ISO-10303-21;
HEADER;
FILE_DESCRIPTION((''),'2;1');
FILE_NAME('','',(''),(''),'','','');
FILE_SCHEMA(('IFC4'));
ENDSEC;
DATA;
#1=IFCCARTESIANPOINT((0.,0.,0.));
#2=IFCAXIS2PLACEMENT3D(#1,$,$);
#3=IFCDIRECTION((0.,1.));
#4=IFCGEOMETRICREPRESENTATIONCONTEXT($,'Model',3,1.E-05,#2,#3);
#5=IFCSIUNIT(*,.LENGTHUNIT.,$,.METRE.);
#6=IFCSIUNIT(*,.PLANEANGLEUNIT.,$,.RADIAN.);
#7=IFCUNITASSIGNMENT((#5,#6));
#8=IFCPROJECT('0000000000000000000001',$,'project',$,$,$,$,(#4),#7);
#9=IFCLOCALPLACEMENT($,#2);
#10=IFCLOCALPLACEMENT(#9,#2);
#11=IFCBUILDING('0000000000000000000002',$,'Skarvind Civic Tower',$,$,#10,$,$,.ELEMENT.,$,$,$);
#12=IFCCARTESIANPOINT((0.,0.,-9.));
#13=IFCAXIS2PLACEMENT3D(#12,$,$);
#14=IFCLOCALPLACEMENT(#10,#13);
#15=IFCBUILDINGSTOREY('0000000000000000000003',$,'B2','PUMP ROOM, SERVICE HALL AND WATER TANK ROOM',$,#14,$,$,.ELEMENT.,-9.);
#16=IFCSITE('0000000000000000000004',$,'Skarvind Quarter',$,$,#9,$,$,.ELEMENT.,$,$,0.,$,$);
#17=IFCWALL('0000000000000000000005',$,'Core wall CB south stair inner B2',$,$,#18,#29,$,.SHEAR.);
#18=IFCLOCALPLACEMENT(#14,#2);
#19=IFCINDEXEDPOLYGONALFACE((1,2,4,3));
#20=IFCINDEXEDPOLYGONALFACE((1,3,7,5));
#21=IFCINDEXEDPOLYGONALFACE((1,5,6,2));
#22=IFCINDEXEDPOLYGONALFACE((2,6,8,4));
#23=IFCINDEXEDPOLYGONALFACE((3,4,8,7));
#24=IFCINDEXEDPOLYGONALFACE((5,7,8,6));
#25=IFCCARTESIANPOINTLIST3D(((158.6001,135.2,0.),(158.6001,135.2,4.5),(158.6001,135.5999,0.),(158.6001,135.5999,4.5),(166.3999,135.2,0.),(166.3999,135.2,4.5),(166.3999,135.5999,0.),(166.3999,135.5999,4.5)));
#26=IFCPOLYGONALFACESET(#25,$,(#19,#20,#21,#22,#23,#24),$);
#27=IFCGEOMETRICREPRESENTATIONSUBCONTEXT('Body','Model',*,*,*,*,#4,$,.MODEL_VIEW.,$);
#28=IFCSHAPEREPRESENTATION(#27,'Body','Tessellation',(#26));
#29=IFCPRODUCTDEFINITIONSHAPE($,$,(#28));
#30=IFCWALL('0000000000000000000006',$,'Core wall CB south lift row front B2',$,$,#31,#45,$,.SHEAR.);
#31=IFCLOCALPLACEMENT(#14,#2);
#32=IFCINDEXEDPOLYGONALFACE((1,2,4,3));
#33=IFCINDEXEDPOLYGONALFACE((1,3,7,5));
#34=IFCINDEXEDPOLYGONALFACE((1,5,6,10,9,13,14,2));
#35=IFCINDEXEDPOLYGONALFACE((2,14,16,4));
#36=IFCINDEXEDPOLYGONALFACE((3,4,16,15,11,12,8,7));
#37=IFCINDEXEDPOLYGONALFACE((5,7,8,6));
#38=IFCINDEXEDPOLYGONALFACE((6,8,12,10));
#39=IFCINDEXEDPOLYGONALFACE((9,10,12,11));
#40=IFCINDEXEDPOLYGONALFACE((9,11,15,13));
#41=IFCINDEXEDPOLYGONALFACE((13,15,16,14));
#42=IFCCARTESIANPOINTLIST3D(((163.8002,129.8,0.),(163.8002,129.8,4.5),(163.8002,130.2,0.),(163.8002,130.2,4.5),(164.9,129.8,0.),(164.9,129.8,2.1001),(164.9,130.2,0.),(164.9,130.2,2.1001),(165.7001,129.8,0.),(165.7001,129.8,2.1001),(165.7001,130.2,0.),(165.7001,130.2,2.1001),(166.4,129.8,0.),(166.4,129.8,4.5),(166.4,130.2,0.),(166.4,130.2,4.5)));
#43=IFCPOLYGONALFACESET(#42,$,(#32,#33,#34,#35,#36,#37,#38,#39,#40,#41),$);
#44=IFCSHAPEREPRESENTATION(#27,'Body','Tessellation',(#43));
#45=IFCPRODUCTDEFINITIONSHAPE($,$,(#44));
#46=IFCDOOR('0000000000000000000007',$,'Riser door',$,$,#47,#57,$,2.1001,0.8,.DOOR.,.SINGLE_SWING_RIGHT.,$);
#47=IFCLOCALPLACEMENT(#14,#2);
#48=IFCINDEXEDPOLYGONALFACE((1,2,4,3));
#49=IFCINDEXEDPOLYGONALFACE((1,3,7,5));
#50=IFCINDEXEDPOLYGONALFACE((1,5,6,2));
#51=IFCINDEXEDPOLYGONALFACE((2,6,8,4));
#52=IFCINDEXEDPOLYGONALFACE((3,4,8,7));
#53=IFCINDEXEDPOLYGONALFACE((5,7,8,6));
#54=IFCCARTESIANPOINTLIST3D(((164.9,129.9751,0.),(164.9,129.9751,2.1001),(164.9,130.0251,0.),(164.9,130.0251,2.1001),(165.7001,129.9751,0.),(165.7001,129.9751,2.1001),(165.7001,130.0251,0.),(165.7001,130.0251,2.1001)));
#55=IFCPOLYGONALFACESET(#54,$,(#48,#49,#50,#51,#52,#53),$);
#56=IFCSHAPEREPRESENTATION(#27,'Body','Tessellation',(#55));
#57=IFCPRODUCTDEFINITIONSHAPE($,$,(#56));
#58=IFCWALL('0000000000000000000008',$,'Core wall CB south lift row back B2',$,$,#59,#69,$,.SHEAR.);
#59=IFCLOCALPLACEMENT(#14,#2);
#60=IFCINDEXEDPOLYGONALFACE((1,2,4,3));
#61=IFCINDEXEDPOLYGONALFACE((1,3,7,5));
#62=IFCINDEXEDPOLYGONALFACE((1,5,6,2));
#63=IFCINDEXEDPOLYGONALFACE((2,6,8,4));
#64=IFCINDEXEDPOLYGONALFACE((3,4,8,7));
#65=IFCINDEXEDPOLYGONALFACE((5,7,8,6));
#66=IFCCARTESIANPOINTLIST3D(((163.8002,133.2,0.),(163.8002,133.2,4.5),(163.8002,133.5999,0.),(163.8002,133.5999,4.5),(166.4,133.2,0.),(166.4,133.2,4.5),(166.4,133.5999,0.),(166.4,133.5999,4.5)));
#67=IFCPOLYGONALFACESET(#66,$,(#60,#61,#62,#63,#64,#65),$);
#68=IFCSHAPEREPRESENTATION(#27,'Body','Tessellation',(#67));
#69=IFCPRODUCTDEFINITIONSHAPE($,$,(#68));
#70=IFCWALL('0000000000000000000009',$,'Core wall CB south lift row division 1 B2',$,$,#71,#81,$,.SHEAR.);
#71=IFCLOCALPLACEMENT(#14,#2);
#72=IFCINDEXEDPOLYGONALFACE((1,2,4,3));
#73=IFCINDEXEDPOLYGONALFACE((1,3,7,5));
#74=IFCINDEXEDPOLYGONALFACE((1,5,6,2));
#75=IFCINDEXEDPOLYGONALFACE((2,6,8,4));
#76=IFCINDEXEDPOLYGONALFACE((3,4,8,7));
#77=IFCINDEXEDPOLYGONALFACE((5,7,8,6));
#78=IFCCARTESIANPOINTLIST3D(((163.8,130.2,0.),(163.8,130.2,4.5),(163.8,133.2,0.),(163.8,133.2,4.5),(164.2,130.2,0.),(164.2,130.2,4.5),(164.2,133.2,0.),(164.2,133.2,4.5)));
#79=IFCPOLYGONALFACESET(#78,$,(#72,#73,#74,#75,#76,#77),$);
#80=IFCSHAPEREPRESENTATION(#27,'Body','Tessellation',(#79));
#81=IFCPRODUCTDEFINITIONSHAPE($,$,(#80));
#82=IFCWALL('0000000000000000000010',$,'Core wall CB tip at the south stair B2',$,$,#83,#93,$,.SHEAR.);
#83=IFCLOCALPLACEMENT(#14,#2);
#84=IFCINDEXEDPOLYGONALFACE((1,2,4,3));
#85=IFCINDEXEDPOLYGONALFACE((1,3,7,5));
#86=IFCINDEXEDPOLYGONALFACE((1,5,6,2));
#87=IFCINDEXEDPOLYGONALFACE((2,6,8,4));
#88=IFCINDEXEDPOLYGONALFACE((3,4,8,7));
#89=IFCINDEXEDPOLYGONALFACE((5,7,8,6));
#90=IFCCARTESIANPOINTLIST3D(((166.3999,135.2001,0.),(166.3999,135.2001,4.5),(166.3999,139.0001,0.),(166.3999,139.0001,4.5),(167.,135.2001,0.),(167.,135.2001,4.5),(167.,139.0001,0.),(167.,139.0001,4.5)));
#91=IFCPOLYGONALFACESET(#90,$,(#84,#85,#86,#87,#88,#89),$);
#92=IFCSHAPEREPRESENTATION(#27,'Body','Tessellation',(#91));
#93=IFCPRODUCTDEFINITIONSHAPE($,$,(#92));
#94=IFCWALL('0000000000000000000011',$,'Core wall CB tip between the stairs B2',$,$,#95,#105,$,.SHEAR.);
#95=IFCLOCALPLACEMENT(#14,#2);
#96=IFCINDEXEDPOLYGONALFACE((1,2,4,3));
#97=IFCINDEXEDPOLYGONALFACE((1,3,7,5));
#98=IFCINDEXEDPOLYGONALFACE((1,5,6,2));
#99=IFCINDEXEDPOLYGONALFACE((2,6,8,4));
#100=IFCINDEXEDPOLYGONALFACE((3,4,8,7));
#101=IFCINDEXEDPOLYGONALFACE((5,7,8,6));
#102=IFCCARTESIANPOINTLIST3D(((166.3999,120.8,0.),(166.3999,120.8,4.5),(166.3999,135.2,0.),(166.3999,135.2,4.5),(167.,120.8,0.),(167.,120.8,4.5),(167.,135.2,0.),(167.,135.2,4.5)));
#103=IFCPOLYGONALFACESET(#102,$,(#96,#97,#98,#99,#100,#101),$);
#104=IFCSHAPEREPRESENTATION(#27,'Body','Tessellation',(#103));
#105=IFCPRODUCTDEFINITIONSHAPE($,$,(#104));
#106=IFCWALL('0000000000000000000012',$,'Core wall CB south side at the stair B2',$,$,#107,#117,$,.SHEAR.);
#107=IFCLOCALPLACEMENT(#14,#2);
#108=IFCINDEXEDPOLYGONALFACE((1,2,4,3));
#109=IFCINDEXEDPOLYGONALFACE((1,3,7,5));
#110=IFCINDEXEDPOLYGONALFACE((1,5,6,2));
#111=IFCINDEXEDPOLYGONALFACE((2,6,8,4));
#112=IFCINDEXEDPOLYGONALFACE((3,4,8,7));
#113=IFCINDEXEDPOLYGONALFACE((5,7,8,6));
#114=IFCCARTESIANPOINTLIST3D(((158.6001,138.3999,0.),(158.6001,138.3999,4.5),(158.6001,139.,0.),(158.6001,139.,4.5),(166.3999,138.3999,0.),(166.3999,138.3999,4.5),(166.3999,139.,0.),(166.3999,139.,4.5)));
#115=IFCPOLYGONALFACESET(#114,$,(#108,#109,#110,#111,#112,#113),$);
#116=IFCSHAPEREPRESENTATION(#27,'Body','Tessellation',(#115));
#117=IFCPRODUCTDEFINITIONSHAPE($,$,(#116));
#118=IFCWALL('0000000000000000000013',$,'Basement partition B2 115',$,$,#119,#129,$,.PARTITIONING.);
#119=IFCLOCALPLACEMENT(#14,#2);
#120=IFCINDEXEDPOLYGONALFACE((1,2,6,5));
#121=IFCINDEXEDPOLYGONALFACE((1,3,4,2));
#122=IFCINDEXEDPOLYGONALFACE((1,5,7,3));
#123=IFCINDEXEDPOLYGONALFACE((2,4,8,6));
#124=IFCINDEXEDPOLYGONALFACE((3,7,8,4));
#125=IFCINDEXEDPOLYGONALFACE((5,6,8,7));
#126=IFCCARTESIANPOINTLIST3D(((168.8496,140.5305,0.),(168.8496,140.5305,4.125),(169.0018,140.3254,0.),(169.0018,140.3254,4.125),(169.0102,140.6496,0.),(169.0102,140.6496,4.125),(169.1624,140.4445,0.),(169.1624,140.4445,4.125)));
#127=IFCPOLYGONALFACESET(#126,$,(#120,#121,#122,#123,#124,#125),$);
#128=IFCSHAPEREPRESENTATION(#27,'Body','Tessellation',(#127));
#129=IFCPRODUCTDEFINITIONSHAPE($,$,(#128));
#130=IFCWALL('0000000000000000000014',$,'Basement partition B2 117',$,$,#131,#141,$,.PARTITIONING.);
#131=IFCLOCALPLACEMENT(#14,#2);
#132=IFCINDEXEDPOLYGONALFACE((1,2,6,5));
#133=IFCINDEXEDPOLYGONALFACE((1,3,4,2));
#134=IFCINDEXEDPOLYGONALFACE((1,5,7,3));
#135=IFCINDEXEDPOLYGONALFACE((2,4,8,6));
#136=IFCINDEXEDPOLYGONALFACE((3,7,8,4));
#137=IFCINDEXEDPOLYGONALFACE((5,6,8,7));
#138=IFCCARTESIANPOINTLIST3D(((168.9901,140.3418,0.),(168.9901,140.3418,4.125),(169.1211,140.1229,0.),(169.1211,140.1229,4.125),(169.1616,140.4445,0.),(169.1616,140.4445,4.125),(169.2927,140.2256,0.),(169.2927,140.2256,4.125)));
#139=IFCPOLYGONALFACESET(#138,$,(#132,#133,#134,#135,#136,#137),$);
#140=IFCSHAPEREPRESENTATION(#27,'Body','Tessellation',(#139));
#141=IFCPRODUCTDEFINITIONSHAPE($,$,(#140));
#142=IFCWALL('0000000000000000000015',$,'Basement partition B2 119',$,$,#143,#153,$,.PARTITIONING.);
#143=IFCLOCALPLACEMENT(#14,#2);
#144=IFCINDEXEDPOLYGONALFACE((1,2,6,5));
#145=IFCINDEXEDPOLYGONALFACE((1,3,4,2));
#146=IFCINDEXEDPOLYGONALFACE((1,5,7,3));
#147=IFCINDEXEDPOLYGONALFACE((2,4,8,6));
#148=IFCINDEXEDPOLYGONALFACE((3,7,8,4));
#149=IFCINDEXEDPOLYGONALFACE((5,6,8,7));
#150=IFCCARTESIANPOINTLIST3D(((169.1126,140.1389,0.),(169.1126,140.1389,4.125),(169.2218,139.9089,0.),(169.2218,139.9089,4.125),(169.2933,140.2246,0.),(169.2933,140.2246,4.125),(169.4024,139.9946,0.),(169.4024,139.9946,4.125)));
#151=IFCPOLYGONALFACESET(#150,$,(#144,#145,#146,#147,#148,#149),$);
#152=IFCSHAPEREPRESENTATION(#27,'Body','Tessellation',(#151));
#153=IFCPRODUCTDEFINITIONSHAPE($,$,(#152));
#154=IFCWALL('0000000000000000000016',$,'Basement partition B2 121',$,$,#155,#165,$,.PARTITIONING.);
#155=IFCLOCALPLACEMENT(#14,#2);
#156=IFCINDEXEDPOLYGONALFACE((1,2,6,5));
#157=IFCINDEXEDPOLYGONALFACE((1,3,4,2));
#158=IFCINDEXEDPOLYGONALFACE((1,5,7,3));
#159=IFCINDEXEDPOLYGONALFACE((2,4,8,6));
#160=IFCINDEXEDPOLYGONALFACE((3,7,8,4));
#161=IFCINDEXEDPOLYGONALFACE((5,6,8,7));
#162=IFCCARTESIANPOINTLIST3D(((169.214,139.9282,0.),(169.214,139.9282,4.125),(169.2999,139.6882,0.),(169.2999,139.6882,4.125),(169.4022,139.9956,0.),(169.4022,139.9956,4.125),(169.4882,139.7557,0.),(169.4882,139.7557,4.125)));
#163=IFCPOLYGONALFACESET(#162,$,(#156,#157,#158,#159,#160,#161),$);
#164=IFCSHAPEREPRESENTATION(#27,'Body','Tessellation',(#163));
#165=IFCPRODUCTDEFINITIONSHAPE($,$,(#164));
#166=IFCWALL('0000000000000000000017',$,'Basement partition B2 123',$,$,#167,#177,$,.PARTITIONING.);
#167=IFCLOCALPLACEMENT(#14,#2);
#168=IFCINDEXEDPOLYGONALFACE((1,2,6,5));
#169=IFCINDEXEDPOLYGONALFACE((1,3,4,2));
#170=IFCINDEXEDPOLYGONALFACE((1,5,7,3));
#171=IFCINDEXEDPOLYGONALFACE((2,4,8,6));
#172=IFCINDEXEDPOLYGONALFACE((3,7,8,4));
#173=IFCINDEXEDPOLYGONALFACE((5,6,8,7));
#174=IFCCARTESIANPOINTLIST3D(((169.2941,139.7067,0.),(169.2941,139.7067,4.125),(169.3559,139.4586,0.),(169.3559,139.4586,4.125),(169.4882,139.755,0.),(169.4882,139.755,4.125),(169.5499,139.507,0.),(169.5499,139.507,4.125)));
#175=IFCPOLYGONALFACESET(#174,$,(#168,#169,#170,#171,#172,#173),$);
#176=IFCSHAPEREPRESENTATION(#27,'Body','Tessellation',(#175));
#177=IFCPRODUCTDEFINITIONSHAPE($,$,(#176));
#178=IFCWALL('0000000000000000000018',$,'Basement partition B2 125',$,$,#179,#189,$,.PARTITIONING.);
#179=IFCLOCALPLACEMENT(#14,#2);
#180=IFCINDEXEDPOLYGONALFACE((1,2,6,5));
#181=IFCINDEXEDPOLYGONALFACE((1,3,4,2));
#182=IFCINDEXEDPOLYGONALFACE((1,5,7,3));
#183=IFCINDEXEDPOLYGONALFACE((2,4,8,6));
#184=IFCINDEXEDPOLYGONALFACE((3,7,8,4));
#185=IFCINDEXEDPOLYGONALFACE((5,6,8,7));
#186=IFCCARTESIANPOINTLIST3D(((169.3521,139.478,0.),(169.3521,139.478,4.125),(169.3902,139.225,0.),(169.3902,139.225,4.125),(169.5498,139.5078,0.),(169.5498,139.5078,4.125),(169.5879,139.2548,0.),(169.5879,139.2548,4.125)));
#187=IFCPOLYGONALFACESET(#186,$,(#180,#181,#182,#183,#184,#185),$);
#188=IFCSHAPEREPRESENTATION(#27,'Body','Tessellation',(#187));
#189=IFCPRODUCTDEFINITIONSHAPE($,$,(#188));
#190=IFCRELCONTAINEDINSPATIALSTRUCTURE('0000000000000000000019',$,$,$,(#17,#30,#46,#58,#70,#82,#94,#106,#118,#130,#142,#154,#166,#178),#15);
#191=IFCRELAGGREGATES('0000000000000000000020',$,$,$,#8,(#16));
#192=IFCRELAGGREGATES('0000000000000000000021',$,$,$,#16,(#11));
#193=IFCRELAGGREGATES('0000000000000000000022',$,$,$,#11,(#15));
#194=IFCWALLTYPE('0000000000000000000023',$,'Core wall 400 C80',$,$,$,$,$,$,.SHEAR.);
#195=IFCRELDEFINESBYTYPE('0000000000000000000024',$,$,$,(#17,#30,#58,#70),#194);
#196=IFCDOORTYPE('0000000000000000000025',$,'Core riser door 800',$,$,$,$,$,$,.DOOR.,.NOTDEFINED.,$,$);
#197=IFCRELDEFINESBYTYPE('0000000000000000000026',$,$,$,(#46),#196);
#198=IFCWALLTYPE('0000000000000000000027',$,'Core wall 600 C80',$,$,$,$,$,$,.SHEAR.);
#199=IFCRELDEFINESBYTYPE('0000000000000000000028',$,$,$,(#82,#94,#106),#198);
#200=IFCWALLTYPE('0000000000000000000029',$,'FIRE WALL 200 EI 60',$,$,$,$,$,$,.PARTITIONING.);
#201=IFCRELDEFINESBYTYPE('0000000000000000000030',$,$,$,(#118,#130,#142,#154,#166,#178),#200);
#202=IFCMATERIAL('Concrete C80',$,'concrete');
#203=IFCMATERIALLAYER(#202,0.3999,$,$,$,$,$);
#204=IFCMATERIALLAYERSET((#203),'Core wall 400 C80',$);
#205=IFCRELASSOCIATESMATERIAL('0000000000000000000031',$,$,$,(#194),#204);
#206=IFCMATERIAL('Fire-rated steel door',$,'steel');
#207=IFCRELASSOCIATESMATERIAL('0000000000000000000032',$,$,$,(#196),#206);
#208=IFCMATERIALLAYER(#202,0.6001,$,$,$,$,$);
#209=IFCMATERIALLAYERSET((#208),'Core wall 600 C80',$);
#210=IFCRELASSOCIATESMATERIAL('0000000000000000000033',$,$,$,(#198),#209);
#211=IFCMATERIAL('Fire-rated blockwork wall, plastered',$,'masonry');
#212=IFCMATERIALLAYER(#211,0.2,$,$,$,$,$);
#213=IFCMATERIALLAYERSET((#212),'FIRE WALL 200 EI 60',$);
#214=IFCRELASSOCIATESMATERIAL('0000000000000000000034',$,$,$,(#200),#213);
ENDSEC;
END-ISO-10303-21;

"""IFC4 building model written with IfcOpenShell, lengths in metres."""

from ifc_helpers import new_model, si_unit, direction, frame, frame_2d, origin, place, context, subcontext, project, spatial, rectangle, extrude, material, layer, layer_set, type_object, element, fill, save


model = new_model("IFC4")

# Units and contexts
model_context = context("Model", 3, precision=1e-05, world=origin(), true_north=direction((0.0, 1.0)))
body_context = subcontext(model_context, "Body", "Model", "MODEL_VIEW")
ifc_project = project(units=[si_unit("LENGTHUNIT", "METRE"), si_unit("PLANEANGLEUNIT", "RADIAN")], contexts=[model_context])

# Site, building, storey
site_placement = place(None, origin())
site = spatial("IfcSite", under=ifc_project, at=site_placement, Name="Skarvind Quarter", CompositionType="ELEMENT", RefElevation=0.0)
building_placement = place(site_placement, origin())
building = spatial("IfcBuilding", under=site, at=building_placement, Name="Skarvind Civic Tower", CompositionType="ELEMENT")
storey_placement = place(building_placement, frame((0.0, 0.0, -9.0)))
storey = spatial("IfcBuildingStorey", under=building, at=storey_placement, Name="B2", Description="PUMP ROOM, SERVICE HALL AND WATER TANK ROOM", CompositionType="ELEMENT", Elevation=-9.0)

# Shared definitions
ifc_material_1 = material(Name="Fire-rated steel door", Category="steel")

# Wall
ifc_material_2 = material(Name="Concrete C80", Category="concrete")
ifc_layer_1 = layer(ifc_material_2, 0.3999)
ifc_layer_set_1 = layer_set([ifc_layer_1], Name="Core wall 400 C80")
wall_type_1 = type_object("IfcWallType", Name="Core wall 400 C80", PredefinedType="SHEAR", material=ifc_layer_set_1)
wall_1_placement = place(storey_placement, frame((166.3999, 135.3999, 0.0), z_axis=(0.0, 0.0, 1.0), x_axis=(-1.0, 0.0, 0.0)))
element("IfcWall", 1, at=wall_1_placement, inside=storey, type_object=wall_type_1, Name="Core wall CB south stair inner B2", PredefinedType="SHEAR", context=body_context, shape_type="SweptSolid", body=[
    extrude(rectangle(XDim=7.7998, YDim=0.3999, at=frame_2d((3.8999, 0.0))), origin(), (0.0, 0.0, 1.0), 4.5),
])

# Wall, opening, door
wall_2_placement = place(storey_placement, frame((166.3999, 130.0, 0.0), z_axis=(0.0, 0.0, 1.0), x_axis=(-1.0, 0.0, 0.0)))
wall_2 = element("IfcWall", 2, at=wall_2_placement, inside=storey, type_object=wall_type_1, Name="Core wall CB south lift row front B2", PredefinedType="SHEAR", context=body_context, shape_type="SweptSolid", body=[
    extrude(rectangle(XDim=2.5999, YDim=0.3999, at=frame_2d((1.2998, 0.0))), origin(), (0.0, 0.0, 1.0), 4.5),
])
opening_1_placement = place(wall_2_placement, frame((0.7, 0.0, 0.0)))
opening_1 = element("IfcOpeningElement", 3, at=opening_1_placement, cuts=wall_2, PredefinedType="OPENING", context=body_context, shape_type="SweptSolid", body=[
    extrude(rectangle(XDim=0.8, YDim=2.1001, at=frame_2d((0.3999, 1.05))), frame((0.0, 0.21, 0.0), z_axis=(0.0, -1.0, 0.0), x_axis=(1.0, 0.0, 0.0)), (0.0, 0.0, 1.0), 0.4199),
])
door_type_1 = type_object("IfcDoorType", Name="Core riser door 800", OperationType="NOTDEFINED", PredefinedType="DOOR", material=ifc_material_1)
door_1_placement = place(opening_1_placement, origin())
door_1 = element("IfcDoor", 4, at=door_1_placement, inside=storey, type_object=door_type_1, Name="Riser door", OperationType="SINGLE_SWING_RIGHT", OverallHeight=2.1001, OverallWidth=0.8, PredefinedType="DOOR", context=body_context, shape_type="SweptSolid", body=[
    extrude(rectangle(XDim=0.8, YDim=2.1001, at=frame_2d((0.3999, 1.05))), frame((0.0, 0.0249, 0.0), z_axis=(0.0, -1.0, 0.0), x_axis=(1.0, 0.0, 0.0)), (0.0, 0.0, 1.0), 0.05),
])
fill(opening_1, door_1)

# Walls
wall_3_placement = place(storey_placement, frame((166.3999, 133.3999, 0.0), z_axis=(0.0, 0.0, 1.0), x_axis=(-1.0, 0.0, 0.0)))
element("IfcWall", 5, at=wall_3_placement, inside=storey, type_object=wall_type_1, Name="Core wall CB south lift row back B2", PredefinedType="SHEAR", context=body_context, shape_type="SweptSolid", body=[
    extrude(rectangle(XDim=2.5999, YDim=0.3999, at=frame_2d((1.2998, 0.0))), origin(), (0.0, 0.0, 1.0), 4.5),
])
wall_4_placement = place(storey_placement, frame((164.0, 133.2, 0.0), z_axis=(0.0, 0.0, 1.0), x_axis=(0.0, -1.0, 0.0)))
element("IfcWall", 6, at=wall_4_placement, inside=storey, type_object=wall_type_1, Name="Core wall CB south lift row division 1 B2", PredefinedType="SHEAR", context=body_context, shape_type="SweptSolid", body=[
    extrude(rectangle(XDim=3.0, YDim=0.3999, at=frame_2d((1.5, 0.0))), origin(), (0.0, 0.0, 1.0), 4.5),
])
ifc_layer_2 = layer(ifc_material_2, 0.6001)
ifc_layer_set_2 = layer_set([ifc_layer_2], Name="Core wall 600 C80")
wall_type_2 = type_object("IfcWallType", Name="Core wall 600 C80", PredefinedType="SHEAR", material=ifc_layer_set_2)
wall_5_placement = place(storey_placement, frame((166.7, 139.0, 0.0), z_axis=(0.0, 0.0, 1.0), x_axis=(0.0, -1.0, 0.0)))
element("IfcWall", 7, at=wall_5_placement, inside=storey, type_object=wall_type_2, Name="Core wall CB tip at the south stair B2", PredefinedType="SHEAR", context=body_context, shape_type="SweptSolid", body=[
    extrude(rectangle(XDim=3.8, YDim=0.6001, at=frame_2d((1.8999, 0.0))), origin(), (0.0, 0.0, 1.0), 4.5),
])
wall_6_placement = place(storey_placement, frame((166.7, 135.2, 0.0), z_axis=(0.0, 0.0, 1.0), x_axis=(0.0, -1.0, 0.0)))
element("IfcWall", 8, at=wall_6_placement, inside=storey, type_object=wall_type_2, Name="Core wall CB tip between the stairs B2", PredefinedType="SHEAR", context=body_context, shape_type="SweptSolid", body=[
    extrude(rectangle(XDim=14.3999, YDim=0.6001, at=frame_2d((7.2, 0.0))), origin(), (0.0, 0.0, 1.0), 4.5),
])
wall_7_placement = place(storey_placement, frame((166.3999, 138.7, 0.0), z_axis=(0.0, 0.0, 1.0), x_axis=(-1.0, 0.0, 0.0)))
element("IfcWall", 9, at=wall_7_placement, inside=storey, type_object=wall_type_2, Name="Core wall CB south side at the stair B2", PredefinedType="SHEAR", context=body_context, shape_type="SweptSolid", body=[
    extrude(rectangle(XDim=7.7998, YDim=0.6001, at=frame_2d((3.8999, 0.0))), origin(), (0.0, 0.0, 1.0), 4.5),
])
ifc_material_3 = material(Name="Fire-rated blockwork wall, plastered", Category="masonry")
ifc_layer_3 = layer(ifc_material_3, 0.2)
ifc_layer_set_3 = layer_set([ifc_layer_3], Name="FIRE WALL 200 EI 60")
wall_type_3 = type_object("IfcWallType", Name="FIRE WALL 200 EI 60", PredefinedType="PARTITIONING", material=ifc_layer_set_3)
wall_8_placement = place(storey_placement, frame((168.9299, 140.5901, 0.0), z_axis=(0.0, 0.0, 1.0), x_axis=(0.595708, -0.803201, 0.0)))
element("IfcWall", 10, at=wall_8_placement, inside=storey, type_object=wall_type_3, Name="Basement partition B2 115", PredefinedType="PARTITIONING", context=body_context, shape_type="SweptSolid", body=[
    extrude(rectangle(XDim=0.2554, YDim=0.2, at=frame_2d((0.1277, 0.0))), origin(), (0.0, 0.0, 1.0), 4.125),
])
wall_9_placement = place(storey_placement, frame((169.0759, 140.3931, 0.0), z_axis=(0.0, 0.0, 1.0), x_axis=(0.513652, -0.857999, 0.0)))
element("IfcWall", 11, at=wall_9_placement, inside=storey, type_object=wall_type_3, Name="Basement partition B2 117", PredefinedType="PARTITIONING", context=body_context, shape_type="SweptSolid", body=[
    extrude(rectangle(XDim=0.2551, YDim=0.2, at=frame_2d((0.1274, 0.0))), origin(), (0.0, 0.0, 1.0), 4.125),
])
wall_10_placement = place(storey_placement, frame((169.2029, 140.1819, 0.0), z_axis=(0.0, 0.0, 1.0), x_axis=(0.428705, -0.903445, 0.0)))
element("IfcWall", 12, at=wall_10_placement, inside=storey, type_object=wall_type_3, Name="Basement partition B2 119", PredefinedType="PARTITIONING", context=body_context, shape_type="SweptSolid", body=[
    extrude(rectangle(XDim=0.2546, YDim=0.2, at=frame_2d((0.1274, 0.0))), origin(), (0.0, 0.0, 1.0), 4.125),
])
wall_11_placement = place(storey_placement, frame((169.3081, 139.9619, 0.0), z_axis=(0.0, 0.0, 1.0), x_axis=(0.337125, -0.94146, 0.0)))
element("IfcWall", 13, at=wall_11_placement, inside=storey, type_object=wall_type_3, Name="Basement partition B2 121", PredefinedType="PARTITIONING", context=body_context, shape_type="SweptSolid", body=[
    extrude(rectangle(XDim=0.2549, YDim=0.2, at=frame_2d((0.1274, 0.0))), origin(), (0.0, 0.0, 1.0), 4.125),
])
wall_12_placement = place(storey_placement, frame((169.3911, 139.731, 0.0), z_axis=(0.0, 0.0, 1.0), x_axis=(0.241637, -0.970367, 0.0)))
element("IfcWall", 14, at=wall_12_placement, inside=storey, type_object=wall_type_3, Name="Basement partition B2 123", PredefinedType="PARTITIONING", context=body_context, shape_type="SweptSolid", body=[
    extrude(rectangle(XDim=0.2556, YDim=0.2, at=frame_2d((0.1279, 0.0))), origin(), (0.0, 0.0, 1.0), 4.125),
])
wall_13_placement = place(storey_placement, frame((169.4509, 139.4929, 0.0), z_axis=(0.0, 0.0, 1.0), x_axis=(0.148901, -0.988852, 0.0)))
element("IfcWall", 15, at=wall_13_placement, inside=storey, type_object=wall_type_3, Name="Basement partition B2 125", PredefinedType="PARTITIONING", context=body_context, shape_type="SweptSolid", body=[
    extrude(rectangle(XDim=0.2559, YDim=0.2, at=frame_2d((0.1279, 0.0))), origin(), (0.0, 0.0, 1.0), 4.125),
])

save(model, "model.ifc")
